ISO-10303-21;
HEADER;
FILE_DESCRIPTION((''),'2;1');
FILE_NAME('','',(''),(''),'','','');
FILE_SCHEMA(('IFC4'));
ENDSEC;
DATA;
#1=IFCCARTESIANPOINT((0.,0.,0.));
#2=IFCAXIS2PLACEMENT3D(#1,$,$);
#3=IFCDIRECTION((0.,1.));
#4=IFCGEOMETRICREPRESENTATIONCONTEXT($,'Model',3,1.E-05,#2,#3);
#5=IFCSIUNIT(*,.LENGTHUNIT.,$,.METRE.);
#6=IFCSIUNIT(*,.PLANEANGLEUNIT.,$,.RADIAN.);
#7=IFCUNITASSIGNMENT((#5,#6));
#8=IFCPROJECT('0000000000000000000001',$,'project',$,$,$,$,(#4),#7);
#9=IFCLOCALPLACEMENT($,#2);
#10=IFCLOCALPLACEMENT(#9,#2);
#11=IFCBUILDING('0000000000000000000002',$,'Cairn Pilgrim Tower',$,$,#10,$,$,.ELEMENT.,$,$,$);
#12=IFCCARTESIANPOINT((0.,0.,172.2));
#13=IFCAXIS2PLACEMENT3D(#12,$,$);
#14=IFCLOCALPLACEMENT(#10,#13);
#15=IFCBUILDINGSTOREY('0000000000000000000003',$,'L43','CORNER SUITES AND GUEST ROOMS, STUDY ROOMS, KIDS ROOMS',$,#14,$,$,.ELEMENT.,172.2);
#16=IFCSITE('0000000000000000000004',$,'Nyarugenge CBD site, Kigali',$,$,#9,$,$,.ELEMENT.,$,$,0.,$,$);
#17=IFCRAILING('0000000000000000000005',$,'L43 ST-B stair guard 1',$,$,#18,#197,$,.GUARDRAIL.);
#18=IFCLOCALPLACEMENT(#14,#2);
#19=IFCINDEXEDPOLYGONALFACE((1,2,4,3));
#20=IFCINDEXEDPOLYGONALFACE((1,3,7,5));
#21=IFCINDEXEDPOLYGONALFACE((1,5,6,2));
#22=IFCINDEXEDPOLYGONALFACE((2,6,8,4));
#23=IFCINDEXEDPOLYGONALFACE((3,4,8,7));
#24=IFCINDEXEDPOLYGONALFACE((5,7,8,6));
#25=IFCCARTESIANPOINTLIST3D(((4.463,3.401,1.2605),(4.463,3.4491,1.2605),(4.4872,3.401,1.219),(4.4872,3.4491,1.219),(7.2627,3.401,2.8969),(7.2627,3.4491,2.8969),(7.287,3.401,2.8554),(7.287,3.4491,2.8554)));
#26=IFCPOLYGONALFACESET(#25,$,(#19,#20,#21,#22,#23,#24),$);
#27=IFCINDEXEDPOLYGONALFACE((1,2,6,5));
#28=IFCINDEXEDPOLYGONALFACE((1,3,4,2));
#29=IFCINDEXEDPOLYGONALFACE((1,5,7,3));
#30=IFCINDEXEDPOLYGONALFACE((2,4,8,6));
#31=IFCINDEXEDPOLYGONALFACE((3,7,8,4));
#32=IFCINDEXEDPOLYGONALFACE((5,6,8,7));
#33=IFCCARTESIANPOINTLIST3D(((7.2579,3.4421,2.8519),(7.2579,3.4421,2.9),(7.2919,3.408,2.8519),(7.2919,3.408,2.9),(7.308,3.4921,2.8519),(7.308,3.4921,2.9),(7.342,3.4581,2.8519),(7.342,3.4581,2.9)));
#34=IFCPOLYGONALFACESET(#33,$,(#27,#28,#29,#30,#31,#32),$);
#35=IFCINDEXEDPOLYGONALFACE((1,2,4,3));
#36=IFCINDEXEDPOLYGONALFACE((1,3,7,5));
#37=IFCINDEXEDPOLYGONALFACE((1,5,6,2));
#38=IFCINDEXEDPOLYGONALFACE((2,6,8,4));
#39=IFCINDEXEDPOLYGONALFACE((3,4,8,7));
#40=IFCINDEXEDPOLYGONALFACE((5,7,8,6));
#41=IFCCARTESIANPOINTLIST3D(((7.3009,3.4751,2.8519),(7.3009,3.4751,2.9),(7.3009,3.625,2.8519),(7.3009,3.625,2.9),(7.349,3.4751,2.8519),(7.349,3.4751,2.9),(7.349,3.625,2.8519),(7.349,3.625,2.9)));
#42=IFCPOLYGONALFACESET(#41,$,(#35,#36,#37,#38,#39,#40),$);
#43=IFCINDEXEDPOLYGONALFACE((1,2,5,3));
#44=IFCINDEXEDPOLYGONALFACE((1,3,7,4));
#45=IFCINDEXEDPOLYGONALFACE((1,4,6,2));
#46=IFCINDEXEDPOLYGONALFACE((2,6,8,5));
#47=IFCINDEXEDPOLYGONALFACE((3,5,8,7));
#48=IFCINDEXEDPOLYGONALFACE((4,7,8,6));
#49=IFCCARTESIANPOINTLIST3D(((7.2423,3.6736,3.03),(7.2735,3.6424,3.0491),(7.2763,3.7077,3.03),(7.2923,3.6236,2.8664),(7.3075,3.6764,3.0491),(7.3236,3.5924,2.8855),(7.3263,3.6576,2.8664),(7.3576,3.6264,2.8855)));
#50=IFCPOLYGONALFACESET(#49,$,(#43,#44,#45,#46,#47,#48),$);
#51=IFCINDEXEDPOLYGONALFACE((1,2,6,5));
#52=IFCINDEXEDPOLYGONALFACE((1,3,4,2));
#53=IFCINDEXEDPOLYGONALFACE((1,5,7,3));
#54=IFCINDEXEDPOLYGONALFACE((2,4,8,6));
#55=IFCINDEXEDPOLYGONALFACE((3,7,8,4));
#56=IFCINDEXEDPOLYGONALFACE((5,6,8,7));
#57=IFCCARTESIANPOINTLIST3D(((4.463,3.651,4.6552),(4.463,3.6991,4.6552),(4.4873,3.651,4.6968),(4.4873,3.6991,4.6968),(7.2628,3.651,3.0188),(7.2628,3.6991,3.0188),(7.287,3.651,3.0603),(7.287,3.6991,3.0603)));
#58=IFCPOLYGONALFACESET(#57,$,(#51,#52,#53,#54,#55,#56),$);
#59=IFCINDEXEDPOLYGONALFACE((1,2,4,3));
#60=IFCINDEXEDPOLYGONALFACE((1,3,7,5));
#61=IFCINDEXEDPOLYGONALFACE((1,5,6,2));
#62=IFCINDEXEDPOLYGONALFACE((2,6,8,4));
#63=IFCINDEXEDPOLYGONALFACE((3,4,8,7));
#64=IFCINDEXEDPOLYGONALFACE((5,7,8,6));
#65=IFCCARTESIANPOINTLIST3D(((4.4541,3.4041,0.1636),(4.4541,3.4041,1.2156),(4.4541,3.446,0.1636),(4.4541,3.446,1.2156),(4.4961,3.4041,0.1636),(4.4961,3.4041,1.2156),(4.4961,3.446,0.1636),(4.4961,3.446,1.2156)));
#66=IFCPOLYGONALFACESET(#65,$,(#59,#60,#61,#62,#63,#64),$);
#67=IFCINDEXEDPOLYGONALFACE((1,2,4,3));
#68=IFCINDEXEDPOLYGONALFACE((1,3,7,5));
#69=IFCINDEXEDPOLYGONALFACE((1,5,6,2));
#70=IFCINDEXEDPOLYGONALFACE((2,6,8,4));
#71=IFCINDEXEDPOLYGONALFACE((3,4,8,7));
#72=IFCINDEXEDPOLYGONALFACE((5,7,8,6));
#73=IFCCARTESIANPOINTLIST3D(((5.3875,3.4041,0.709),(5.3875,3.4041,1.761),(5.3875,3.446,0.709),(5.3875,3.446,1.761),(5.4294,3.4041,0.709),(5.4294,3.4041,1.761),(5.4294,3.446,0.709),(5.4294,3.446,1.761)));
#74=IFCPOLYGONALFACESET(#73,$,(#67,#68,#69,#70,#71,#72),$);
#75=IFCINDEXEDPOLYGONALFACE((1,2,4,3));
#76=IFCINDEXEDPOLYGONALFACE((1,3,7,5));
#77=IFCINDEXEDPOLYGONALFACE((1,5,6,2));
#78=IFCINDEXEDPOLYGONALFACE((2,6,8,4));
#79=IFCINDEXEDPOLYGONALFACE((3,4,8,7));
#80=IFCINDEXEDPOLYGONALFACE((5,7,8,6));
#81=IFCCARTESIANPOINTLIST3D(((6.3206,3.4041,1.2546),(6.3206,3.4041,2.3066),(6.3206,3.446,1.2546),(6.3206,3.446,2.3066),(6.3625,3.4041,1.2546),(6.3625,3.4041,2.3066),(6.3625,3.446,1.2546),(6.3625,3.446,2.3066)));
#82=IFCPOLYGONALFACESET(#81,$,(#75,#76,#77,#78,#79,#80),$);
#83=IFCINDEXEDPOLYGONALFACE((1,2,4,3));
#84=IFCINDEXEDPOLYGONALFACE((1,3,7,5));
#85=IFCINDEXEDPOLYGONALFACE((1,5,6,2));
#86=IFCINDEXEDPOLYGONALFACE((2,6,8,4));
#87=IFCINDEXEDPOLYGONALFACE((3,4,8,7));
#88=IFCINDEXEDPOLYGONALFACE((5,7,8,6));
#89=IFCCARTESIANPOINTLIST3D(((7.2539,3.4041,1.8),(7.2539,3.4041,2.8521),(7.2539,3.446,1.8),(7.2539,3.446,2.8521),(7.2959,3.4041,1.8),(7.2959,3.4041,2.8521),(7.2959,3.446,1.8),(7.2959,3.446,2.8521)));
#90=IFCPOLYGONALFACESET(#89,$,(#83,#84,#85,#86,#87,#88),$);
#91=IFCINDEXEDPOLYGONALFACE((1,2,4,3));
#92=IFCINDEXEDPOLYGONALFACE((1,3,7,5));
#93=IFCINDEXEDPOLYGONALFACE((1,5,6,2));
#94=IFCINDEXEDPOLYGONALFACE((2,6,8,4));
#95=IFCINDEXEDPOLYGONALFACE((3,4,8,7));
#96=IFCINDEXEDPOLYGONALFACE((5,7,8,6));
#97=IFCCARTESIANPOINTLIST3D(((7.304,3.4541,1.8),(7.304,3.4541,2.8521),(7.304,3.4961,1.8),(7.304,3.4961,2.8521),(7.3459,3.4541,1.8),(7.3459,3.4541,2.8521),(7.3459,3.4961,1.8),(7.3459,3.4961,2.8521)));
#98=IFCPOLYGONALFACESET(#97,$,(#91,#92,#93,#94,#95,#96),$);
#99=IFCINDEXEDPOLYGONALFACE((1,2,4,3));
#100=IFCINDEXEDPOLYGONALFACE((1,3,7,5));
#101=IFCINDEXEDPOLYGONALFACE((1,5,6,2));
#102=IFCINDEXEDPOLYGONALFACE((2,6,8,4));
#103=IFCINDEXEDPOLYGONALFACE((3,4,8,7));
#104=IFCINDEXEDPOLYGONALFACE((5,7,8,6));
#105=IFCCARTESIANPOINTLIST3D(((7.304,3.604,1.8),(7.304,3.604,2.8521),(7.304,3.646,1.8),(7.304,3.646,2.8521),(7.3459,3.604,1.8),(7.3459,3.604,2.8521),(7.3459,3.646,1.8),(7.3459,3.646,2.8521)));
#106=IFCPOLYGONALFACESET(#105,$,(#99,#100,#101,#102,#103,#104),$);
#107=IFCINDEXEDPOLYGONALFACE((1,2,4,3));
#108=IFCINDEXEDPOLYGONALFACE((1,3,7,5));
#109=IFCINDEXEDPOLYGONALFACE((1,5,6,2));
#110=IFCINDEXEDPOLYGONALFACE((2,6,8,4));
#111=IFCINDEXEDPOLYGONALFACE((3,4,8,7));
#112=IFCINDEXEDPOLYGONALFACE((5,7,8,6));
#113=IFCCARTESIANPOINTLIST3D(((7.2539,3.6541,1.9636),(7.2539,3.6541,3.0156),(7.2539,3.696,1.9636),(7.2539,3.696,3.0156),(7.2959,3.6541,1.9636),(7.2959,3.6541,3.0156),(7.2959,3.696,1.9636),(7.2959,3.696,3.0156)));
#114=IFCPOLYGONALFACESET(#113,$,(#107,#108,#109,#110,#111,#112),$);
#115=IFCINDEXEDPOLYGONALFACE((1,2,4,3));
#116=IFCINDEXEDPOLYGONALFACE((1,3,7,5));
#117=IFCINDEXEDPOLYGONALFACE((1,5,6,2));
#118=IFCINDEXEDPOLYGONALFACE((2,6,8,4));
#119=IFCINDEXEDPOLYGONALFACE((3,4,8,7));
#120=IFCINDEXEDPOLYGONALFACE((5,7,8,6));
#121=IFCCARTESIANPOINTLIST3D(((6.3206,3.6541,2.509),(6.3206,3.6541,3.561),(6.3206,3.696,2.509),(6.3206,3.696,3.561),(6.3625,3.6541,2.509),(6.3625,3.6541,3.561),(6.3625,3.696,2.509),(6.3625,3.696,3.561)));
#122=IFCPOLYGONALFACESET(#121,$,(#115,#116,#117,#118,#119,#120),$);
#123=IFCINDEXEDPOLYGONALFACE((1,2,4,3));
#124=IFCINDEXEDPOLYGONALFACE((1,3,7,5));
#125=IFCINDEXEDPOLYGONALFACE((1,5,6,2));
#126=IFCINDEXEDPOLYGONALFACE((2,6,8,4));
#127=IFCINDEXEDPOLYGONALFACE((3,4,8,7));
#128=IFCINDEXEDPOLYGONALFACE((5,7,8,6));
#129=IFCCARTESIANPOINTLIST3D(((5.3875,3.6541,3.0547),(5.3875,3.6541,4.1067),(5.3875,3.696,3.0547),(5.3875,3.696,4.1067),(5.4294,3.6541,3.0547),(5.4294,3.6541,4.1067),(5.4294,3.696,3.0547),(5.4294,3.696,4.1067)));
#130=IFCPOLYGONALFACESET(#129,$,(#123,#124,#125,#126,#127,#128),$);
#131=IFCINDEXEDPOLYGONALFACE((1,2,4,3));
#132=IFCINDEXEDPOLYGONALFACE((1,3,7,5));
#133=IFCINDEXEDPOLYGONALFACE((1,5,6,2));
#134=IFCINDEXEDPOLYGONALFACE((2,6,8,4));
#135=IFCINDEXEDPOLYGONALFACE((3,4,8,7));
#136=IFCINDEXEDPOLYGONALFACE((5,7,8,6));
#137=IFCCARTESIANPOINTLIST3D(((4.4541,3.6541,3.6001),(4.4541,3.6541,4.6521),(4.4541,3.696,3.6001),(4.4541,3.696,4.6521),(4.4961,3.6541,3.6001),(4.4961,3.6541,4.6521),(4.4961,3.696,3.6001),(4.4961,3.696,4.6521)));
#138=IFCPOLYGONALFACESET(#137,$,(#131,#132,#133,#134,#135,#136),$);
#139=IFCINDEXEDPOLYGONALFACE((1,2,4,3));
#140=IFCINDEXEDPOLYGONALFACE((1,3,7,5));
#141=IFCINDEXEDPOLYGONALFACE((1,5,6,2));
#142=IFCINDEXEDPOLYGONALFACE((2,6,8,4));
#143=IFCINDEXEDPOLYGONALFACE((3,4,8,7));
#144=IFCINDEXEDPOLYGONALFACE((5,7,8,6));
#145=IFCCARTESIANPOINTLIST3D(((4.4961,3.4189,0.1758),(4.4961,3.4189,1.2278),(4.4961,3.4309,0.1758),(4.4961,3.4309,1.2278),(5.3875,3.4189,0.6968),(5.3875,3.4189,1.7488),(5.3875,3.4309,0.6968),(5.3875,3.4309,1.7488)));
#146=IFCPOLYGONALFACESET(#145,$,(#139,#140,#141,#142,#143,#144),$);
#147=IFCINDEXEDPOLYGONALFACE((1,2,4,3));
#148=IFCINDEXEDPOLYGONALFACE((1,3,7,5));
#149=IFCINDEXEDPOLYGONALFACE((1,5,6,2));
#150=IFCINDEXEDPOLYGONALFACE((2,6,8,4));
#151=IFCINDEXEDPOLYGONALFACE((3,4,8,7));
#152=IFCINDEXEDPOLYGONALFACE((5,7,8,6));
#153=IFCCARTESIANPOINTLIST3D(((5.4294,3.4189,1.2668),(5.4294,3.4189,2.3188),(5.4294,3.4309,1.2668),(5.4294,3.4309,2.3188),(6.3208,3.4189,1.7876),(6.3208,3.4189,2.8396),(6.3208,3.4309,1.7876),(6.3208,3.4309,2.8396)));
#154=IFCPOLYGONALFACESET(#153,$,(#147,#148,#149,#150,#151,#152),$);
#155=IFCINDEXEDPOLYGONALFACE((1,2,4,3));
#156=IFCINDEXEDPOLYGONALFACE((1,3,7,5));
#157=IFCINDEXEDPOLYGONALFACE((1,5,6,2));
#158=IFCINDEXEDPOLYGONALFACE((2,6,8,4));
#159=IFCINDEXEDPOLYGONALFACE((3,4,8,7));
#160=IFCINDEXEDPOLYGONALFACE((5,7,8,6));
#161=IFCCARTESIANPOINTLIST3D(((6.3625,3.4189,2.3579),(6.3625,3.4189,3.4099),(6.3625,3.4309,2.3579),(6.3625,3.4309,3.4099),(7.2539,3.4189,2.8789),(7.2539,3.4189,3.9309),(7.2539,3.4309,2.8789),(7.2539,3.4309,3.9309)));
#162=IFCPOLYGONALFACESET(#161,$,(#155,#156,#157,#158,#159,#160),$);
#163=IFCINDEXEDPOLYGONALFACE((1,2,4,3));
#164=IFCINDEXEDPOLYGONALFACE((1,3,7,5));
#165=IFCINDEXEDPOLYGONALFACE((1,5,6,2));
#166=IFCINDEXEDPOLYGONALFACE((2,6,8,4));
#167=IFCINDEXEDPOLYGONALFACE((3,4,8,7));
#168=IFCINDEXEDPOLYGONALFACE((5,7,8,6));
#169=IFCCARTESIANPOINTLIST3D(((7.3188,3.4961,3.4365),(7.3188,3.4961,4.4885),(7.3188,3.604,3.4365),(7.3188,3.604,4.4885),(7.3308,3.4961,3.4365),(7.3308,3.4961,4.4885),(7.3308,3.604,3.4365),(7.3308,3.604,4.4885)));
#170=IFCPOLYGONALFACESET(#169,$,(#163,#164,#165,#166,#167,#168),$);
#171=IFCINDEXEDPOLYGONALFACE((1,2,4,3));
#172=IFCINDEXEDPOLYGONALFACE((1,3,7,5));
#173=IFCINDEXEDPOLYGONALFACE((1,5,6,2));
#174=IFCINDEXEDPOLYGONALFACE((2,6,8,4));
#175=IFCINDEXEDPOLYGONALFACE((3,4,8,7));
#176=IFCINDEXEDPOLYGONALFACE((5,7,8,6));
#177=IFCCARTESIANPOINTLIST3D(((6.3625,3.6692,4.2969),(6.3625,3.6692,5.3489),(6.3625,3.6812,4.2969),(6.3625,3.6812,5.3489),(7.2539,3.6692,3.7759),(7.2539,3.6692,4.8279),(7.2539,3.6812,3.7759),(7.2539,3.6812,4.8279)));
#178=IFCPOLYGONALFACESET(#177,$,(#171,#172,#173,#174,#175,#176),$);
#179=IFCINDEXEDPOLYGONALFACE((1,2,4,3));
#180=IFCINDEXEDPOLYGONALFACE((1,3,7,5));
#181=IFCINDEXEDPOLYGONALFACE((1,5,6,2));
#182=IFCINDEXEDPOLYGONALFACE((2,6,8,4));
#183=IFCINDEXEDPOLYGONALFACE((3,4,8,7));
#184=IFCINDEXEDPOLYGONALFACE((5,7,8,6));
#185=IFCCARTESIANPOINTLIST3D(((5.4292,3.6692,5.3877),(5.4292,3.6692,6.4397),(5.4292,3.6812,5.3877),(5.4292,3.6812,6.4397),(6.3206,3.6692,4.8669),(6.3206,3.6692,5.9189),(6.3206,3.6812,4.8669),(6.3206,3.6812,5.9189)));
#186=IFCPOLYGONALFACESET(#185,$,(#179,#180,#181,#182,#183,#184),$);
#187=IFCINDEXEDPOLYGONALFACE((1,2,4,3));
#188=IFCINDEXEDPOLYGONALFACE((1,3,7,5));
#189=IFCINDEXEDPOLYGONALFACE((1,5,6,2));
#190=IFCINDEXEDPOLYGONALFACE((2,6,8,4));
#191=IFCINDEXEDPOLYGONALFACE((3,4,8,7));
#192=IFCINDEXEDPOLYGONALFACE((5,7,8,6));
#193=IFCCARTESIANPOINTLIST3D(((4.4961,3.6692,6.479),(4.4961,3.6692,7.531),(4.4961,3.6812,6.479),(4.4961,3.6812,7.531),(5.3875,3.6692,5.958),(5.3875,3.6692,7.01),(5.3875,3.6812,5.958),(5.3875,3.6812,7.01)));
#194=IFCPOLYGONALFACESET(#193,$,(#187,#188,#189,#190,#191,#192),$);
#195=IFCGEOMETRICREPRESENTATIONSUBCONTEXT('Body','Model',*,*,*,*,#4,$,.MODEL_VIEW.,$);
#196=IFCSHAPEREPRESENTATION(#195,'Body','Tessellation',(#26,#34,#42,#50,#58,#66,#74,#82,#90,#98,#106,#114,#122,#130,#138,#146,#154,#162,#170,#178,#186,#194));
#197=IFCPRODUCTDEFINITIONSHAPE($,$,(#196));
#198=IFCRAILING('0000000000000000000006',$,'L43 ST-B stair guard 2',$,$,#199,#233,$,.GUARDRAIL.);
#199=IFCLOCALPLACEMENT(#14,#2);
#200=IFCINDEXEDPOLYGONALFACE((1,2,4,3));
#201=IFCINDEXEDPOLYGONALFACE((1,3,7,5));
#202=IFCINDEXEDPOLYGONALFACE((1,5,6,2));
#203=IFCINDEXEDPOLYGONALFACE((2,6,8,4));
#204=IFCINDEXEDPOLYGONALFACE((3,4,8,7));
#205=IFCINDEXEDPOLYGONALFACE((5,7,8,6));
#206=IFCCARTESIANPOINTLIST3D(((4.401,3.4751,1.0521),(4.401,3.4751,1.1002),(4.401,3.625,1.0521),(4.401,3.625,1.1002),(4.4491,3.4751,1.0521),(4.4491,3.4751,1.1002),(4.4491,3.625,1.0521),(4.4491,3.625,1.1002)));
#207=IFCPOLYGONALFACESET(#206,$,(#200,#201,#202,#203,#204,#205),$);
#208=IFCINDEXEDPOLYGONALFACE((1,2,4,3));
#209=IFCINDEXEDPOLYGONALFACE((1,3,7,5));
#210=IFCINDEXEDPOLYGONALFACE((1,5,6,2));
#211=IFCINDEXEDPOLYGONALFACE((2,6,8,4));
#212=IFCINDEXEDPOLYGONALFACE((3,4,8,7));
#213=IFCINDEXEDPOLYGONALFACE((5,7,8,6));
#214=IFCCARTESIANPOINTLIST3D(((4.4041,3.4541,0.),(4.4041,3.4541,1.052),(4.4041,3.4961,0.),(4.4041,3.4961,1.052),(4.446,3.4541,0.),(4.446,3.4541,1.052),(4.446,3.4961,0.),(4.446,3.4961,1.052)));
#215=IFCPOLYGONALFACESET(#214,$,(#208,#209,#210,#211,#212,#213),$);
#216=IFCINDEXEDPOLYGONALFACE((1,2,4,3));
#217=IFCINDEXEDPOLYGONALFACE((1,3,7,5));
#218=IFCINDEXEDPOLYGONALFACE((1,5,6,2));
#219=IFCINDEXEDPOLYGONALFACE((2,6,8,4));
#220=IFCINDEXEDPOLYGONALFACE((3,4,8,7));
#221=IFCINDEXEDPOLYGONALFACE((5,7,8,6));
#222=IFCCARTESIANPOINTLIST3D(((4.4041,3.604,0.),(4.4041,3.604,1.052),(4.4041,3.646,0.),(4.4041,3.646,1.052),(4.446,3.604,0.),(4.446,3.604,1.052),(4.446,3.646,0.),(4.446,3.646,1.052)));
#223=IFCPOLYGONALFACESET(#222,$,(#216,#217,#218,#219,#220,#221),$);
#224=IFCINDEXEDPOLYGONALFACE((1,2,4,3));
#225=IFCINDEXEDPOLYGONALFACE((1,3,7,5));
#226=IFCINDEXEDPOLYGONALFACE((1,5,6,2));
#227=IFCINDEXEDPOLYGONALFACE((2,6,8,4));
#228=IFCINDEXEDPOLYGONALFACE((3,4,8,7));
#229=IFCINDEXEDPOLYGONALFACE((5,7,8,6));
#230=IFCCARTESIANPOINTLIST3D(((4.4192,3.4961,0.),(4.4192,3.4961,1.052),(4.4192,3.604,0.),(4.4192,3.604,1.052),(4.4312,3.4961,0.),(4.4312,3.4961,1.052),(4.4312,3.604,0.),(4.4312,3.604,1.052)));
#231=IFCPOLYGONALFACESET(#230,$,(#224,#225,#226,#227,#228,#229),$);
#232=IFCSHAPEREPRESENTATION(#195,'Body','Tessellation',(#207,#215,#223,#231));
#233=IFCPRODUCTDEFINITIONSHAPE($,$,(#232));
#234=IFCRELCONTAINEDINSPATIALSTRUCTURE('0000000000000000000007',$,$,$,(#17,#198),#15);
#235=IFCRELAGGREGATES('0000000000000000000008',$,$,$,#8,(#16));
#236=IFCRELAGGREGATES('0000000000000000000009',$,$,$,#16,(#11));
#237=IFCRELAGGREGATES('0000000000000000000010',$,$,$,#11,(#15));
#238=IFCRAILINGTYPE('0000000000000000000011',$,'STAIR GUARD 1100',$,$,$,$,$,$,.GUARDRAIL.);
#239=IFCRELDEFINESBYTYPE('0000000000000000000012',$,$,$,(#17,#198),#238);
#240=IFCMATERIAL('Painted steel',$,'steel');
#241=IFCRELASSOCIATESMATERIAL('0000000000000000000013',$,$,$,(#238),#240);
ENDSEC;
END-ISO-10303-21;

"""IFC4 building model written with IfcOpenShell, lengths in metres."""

from ifc_helpers import new_model, si_unit, direction, frame, origin, origin_2d, place, context, subcontext, project, spatial, polyline, rectangle, outline, extrude, material, type_object, element, save


model = new_model("IFC4")

# Units and contexts
model_context = context("Model", 3, precision=1e-05, world=origin(), true_north=direction((0.0, 1.0)))
body_context = subcontext(model_context, "Body", "Model", "MODEL_VIEW")
ifc_project = project(units=[si_unit("LENGTHUNIT", "METRE"), si_unit("PLANEANGLEUNIT", "RADIAN")], contexts=[model_context])

# Site, building, storey
site_placement = place(None, origin())
site = spatial("IfcSite", under=ifc_project, at=site_placement, Name="Nyarugenge CBD site, Kigali", CompositionType="ELEMENT", RefElevation=0.0)
building_placement = place(site_placement, origin())
building = spatial("IfcBuilding", under=site, at=building_placement, Name="Cairn Pilgrim Tower", CompositionType="ELEMENT")
storey_placement = place(building_placement, frame((0.0, 0.0, 172.2)))
storey = spatial("IfcBuildingStorey", under=building, at=storey_placement, Name="L43", Description="CORNER SUITES AND GUEST ROOMS, STUDY ROOMS, KIDS ROOMS", CompositionType="ELEMENT", Elevation=172.2)

# Shared definitions
ifc_material_1 = material(Name="Painted steel", Category="steel")

# Railings
railing_type = type_object("IfcRailingType", Name="STAIR GUARD 1100", PredefinedType="GUARDRAIL", material=ifc_material_1)
railing_1_placement = place(storey_placement, frame((4.4751, 3.425, 0.1636)))
element("IfcRailing", 1, at=railing_1_placement, inside=storey, type_object=railing_type, Name="L43 ST-B stair guard 1", PredefinedType="GUARDRAIL", context=body_context, shape_type="SweptSolid", body=[
    extrude(rectangle(XDim=0.0481, YDim=0.0481, at=origin_2d()), frame((0.0, 0.0, 1.0762), z_axis=(0.863342, 0.0, 0.50462), x_axis=(0.0, 1.0, 0.0)), (0.0, 0.0, 1.0), 3.2429),
    extrude(rectangle(XDim=0.0481, YDim=0.0481, at=origin_2d()), frame((2.7998, 0.0, 2.7124), z_axis=(0.707107, 0.707107, 0.0), x_axis=(-0.707107, 0.707107, 0.0)), (0.0, 0.0, 1.0), 0.0708),
    extrude(rectangle(XDim=0.0481, YDim=0.0481, at=origin_2d()), frame((2.8499, 0.05, 2.7124), z_axis=(0.0, 1.0, 0.0), x_axis=(-1.0, 0.0, 0.0)), (0.0, 0.0, 1.0), 0.1499),
    extrude(rectangle(XDim=0.0481, YDim=0.0481, at=origin_2d()), frame((2.8499, 0.2, 2.7124), z_axis=(-0.280809, 0.280809, 0.917765), x_axis=(-0.707107, -0.707107, 0.0)), (0.0, 0.0, 1.0), 0.1782),
    extrude(rectangle(XDim=0.0481, YDim=0.0481, at=origin_2d()), frame((2.7998, 0.25, 2.876), z_axis=(-0.863342, 0.0, 0.50462), x_axis=(0.0, -1.0, 0.0)), (0.0, 0.0, 1.0), 3.2429),
    extrude(rectangle(XDim=0.042, YDim=0.042, at=origin_2d()), origin(), (0.0, 0.0, 1.0), 1.052),
    extrude(rectangle(XDim=0.042, YDim=0.042, at=origin_2d()), frame((0.9333, 0.0, 0.5454)), (0.0, 0.0, 1.0), 1.052),
    extrude(rectangle(XDim=0.042, YDim=0.042, at=origin_2d()), frame((1.8665, 0.0, 1.0911)), (0.0, 0.0, 1.0), 1.052),
    extrude(rectangle(XDim=0.042, YDim=0.042, at=origin_2d()), frame((2.7998, 0.0, 1.6365)), (0.0, 0.0, 1.0), 1.052),
    extrude(rectangle(XDim=0.042, YDim=0.042, at=origin_2d()), frame((2.8499, 0.05, 1.6365)), (0.0, 0.0, 1.0), 1.052),
    extrude(rectangle(XDim=0.042, YDim=0.042, at=origin_2d()), frame((2.8499, 0.2, 1.6365)), (0.0, 0.0, 1.0), 1.052),
    extrude(rectangle(XDim=0.042, YDim=0.042, at=origin_2d()), frame((2.7998, 0.25, 1.8)), (0.0, 0.0, 1.0), 1.052),
    extrude(rectangle(XDim=0.042, YDim=0.042, at=origin_2d()), frame((1.8665, 0.25, 2.3455)), (0.0, 0.0, 1.0), 1.052),
    extrude(rectangle(XDim=0.042, YDim=0.042, at=origin_2d()), frame((0.9333, 0.25, 2.8911)), (0.0, 0.0, 1.0), 1.052),
    extrude(rectangle(XDim=0.042, YDim=0.042, at=origin_2d()), frame((0.0, 0.25, 3.4365)), (0.0, 0.0, 1.0), 1.052),
    extrude(outline(polyline([(0.021, 0.0122), (0.9124, 0.5332), (0.9124, 1.5852), (0.021, 1.0642), (0.021, 0.0122)])), frame((0.0, 0.0059, 0.0), z_axis=(0.0, -1.0, 0.0), x_axis=(1.0, 0.0, 0.0)), (0.0, 0.0, 1.0), 0.012),
    extrude(outline(polyline([(0.021, 0.5579), (0.9124, 1.0786), (0.9124, 2.1306), (0.021, 1.6099), (0.021, 0.5579)])), frame((0.9333, 0.0059, 0.5454), z_axis=(0.0, -1.0, 0.0), x_axis=(1.0, 0.0, 0.0)), (0.0, 0.0, 1.0), 0.012),
    extrude(outline(polyline([(0.021, 1.1033), (0.9124, 1.6243), (0.9124, 2.6763), (0.021, 2.1553), (0.021, 1.1033)])), frame((1.8665, 0.0059, 1.0911), z_axis=(0.0, -1.0, 0.0), x_axis=(1.0, 0.0, 0.0)), (0.0, 0.0, 1.0), 0.012),
    extrude(outline(polyline([(0.021, 1.6365), (0.1289, 1.6365), (0.1289, 2.6885), (0.021, 2.6885), (0.021, 1.6365)])), frame((2.8438, 0.05, 1.6365), z_axis=(1.0, 0.0, 0.0), x_axis=(0.0, 1.0, 0.0)), (0.0, 0.0, 1.0), 0.012),
    extrude(outline(polyline([(0.021, 1.8123), (0.9124, 2.3333), (0.9124, 3.3853), (0.021, 2.8643), (0.021, 1.8123)])), frame((2.7998, 0.2441, 1.8), z_axis=(0.0, 1.0, 0.0), x_axis=(-1.0, 0.0, 0.0)), (0.0, 0.0, 1.0), 0.012),
    extrude(outline(polyline([(0.021, 2.3579), (0.9124, 2.8787), (0.9124, 3.9307), (0.021, 3.4099), (0.021, 2.3579)])), frame((1.8665, 0.2441, 2.3455), z_axis=(0.0, 1.0, 0.0), x_axis=(-1.0, 0.0, 0.0)), (0.0, 0.0, 1.0), 0.012),
    extrude(outline(polyline([(0.021, 2.9033), (0.9124, 3.4243), (0.9124, 4.4763), (0.021, 3.9553), (0.021, 2.9033)])), frame((0.9333, 0.2441, 2.8911), z_axis=(0.0, 1.0, 0.0), x_axis=(-1.0, 0.0, 0.0)), (0.0, 0.0, 1.0), 0.012),
])
railing_2_placement = place(storey_placement, frame((4.425, 3.4751, 0.0)))
element("IfcRailing", 2, at=railing_2_placement, inside=storey, type_object=railing_type, Name="L43 ST-B stair guard 2", PredefinedType="GUARDRAIL", context=body_context, shape_type="SweptSolid", body=[
    extrude(rectangle(XDim=0.0481, YDim=0.0481, at=origin_2d()), frame((0.0, 0.0, 1.0762), z_axis=(0.0, 1.0, 0.0), x_axis=(-1.0, 0.0, 0.0)), (0.0, 0.0, 1.0), 0.1499),
    extrude(rectangle(XDim=0.042, YDim=0.042, at=origin_2d()), origin(), (0.0, 0.0, 1.0), 1.052),
    extrude(rectangle(XDim=0.042, YDim=0.042, at=origin_2d()), frame((0.0, 0.1499, 0.0)), (0.0, 0.0, 1.0), 1.052),
    extrude(outline(polyline([(0.021, 0.0), (0.1289, 0.0), (0.1289, 1.052), (0.021, 1.052), (0.021, 0.0)])), frame((-0.0059, 0.0, 0.0), z_axis=(1.0, 0.0, 0.0), x_axis=(0.0, 1.0, 0.0)), (0.0, 0.0, 1.0), 0.012),
])

save(model, "model.ifc")
